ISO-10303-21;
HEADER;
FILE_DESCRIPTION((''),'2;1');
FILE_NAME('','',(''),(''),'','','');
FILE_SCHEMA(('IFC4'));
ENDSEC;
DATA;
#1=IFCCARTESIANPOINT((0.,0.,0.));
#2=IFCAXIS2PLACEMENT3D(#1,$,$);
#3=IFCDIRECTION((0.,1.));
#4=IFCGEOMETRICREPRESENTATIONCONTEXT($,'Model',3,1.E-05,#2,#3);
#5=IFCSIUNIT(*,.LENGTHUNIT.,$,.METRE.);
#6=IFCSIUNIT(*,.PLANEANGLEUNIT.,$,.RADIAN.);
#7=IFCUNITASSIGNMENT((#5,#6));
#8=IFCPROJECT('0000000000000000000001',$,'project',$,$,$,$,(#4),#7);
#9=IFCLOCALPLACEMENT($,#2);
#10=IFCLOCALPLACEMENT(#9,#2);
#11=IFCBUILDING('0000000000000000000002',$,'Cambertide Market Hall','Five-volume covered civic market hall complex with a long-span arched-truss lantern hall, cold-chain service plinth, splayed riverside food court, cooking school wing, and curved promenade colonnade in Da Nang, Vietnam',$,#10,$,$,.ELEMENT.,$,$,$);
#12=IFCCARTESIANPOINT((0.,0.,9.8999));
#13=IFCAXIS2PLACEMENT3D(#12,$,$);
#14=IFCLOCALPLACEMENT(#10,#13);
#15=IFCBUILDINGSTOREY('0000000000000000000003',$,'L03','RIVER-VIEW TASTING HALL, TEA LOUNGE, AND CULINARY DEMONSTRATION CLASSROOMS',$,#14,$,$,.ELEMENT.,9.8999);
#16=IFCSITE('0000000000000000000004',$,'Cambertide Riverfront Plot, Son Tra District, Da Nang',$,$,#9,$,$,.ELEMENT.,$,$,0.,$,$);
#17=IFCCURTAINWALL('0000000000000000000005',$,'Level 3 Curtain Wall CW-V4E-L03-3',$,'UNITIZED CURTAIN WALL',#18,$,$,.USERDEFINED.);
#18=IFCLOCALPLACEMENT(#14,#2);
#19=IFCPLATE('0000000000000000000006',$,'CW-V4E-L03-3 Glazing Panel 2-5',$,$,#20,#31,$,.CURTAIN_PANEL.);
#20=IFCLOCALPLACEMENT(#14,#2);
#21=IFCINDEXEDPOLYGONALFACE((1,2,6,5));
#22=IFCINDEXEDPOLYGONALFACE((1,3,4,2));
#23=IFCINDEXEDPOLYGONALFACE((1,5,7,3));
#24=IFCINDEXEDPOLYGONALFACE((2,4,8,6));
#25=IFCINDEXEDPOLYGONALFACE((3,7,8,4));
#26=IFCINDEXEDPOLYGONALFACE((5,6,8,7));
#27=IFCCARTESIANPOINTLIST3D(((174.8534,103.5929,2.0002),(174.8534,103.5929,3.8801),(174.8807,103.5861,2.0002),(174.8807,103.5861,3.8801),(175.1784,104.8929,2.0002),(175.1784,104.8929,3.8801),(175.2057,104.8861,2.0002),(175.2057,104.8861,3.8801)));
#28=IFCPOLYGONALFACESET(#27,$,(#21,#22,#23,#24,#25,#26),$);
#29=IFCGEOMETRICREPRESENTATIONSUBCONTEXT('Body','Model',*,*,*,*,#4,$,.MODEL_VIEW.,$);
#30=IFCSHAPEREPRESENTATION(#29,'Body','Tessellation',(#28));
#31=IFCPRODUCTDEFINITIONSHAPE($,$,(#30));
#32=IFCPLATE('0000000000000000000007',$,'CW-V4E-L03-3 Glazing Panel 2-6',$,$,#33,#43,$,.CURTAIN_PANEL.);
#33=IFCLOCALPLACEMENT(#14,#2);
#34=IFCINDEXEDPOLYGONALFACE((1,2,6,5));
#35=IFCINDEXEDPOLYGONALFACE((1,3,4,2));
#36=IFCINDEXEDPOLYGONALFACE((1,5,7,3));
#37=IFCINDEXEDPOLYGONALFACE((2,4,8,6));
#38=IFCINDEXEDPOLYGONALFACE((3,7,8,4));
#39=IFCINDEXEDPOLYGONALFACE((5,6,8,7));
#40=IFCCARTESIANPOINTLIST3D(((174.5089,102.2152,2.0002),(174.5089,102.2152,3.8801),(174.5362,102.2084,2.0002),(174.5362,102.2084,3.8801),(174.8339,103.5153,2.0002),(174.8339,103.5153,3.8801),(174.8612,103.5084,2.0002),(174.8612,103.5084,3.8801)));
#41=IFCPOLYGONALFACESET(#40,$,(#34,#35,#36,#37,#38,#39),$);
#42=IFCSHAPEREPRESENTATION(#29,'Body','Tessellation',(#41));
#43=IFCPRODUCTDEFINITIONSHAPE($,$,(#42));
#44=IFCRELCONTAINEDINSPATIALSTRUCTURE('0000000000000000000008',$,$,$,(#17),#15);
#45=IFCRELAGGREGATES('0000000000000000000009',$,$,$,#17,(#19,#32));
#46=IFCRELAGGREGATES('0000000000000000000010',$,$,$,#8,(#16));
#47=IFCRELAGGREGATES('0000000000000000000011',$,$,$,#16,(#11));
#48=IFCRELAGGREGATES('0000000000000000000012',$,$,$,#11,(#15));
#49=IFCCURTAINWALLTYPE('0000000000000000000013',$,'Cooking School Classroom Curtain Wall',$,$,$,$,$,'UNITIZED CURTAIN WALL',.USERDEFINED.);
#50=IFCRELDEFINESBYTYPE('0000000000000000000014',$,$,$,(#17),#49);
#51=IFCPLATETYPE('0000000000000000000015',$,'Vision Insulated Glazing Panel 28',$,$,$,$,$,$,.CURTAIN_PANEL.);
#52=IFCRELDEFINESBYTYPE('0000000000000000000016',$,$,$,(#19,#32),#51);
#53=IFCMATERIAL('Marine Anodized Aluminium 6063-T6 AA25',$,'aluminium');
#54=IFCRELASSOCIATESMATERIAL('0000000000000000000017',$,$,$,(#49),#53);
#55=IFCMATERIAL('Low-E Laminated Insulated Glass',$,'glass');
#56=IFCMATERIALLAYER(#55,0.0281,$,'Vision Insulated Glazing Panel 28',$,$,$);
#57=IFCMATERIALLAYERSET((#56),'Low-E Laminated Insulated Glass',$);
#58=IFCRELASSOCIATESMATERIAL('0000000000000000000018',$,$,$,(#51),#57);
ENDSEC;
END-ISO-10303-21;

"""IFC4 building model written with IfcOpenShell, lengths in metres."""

from ifc_helpers import new_model, si_unit, direction, frame, origin, origin_2d, place, context, subcontext, project, spatial, rectangle, extrude, material, layer, layer_set, type_object, element, aggregate, save


model = new_model("IFC4")

# Units and contexts
model_context = context("Model", 3, precision=1e-05, world=origin(), true_north=direction((0.0, 1.0)))
body_context = subcontext(model_context, "Body", "Model", "MODEL_VIEW")
ifc_project = project(units=[si_unit("LENGTHUNIT", "METRE"), si_unit("PLANEANGLEUNIT", "RADIAN")], contexts=[model_context])

# Site, building, storey
site_placement = place(None, origin())
site = spatial("IfcSite", under=ifc_project, at=site_placement, Name="Cambertide Riverfront Plot, Son Tra District, Da Nang", CompositionType="ELEMENT", RefElevation=0.0)
building_placement = place(site_placement, origin())
building = spatial("IfcBuilding", under=site, at=building_placement, Name="Cambertide Market Hall", Description="Five-volume covered civic market hall complex with a long-span arched-truss lantern hall, cold-chain service plinth, splayed riverside food court, cooking school wing, and curved promenade colonnade in Da Nang, Vietnam", CompositionType="ELEMENT")
storey_placement = place(building_placement, frame((0.0, 0.0, 9.8999)))
storey = spatial("IfcBuildingStorey", under=building, at=storey_placement, Name="L03", Description="RIVER-VIEW TASTING HALL, TEA LOUNGE, AND CULINARY DEMONSTRATION CLASSROOMS", CompositionType="ELEMENT", Elevation=9.8999)

# Shared definitions
ifc_material_1 = material(Name="Marine Anodized Aluminium 6063-T6 AA25", Category="aluminium")
curtain_wall_type = type_object("IfcCurtainWallType", Name="Cooking School Classroom Curtain Wall", ElementType="UNITIZED CURTAIN WALL", PredefinedType="USERDEFINED", material=ifc_material_1)

# Curtain wall
curtain_wall_1_placement = place(storey_placement, origin())
curtain_wall_1 = element("IfcCurtainWall", 1, at=curtain_wall_1_placement, inside=storey, type_object=curtain_wall_type, Name="Level 3 Curtain Wall CW-V4E-L03-3", ObjectType="UNITIZED CURTAIN WALL", PredefinedType="USERDEFINED")

# Plates
ifc_material_2 = material(Name="Low-E Laminated Insulated Glass", Category="glass")
ifc_layer = layer(ifc_material_2, 0.0281, Name="Vision Insulated Glazing Panel 28")
ifc_layer_set = layer_set([ifc_layer], Name="Low-E Laminated Insulated Glass")
plate_type = type_object("IfcPlateType", Name="Vision Insulated Glazing Panel 28", PredefinedType="CURTAIN_PANEL", material=ifc_layer_set)
plate_1_placement = place(storey_placement, frame((175.0295, 104.2395, 2.0002), z_axis=(0.0, 0.0, 1.0), x_axis=(-0.242536, -0.970143, 0.0)))
plate_1 = element("IfcPlate", 2, at=plate_1_placement, type_object=plate_type, Name="CW-V4E-L03-3 Glazing Panel 2-5", PredefinedType="CURTAIN_PANEL", context=body_context, shape_type="SweptSolid", body=[
    extrude(rectangle(XDim=1.3401, YDim=0.0281, at=origin_2d()), origin(), (0.0, 0.0, 1.0), 1.8799),
])
plate_2_placement = place(storey_placement, frame((174.6851, 102.8618, 2.0002), z_axis=(0.0, 0.0, 1.0), x_axis=(-0.242536, -0.970143, 0.0)))
plate_2 = element("IfcPlate", 3, at=plate_2_placement, type_object=plate_type, Name="CW-V4E-L03-3 Glazing Panel 2-6", PredefinedType="CURTAIN_PANEL", context=body_context, shape_type="SweptSolid", body=[
    extrude(rectangle(XDim=1.3401, YDim=0.0281, at=origin_2d()), origin(), (0.0, 0.0, 1.0), 1.8799),
])
aggregate(curtain_wall_1, [plate_1, plate_2])

save(model, "model.ifc")
